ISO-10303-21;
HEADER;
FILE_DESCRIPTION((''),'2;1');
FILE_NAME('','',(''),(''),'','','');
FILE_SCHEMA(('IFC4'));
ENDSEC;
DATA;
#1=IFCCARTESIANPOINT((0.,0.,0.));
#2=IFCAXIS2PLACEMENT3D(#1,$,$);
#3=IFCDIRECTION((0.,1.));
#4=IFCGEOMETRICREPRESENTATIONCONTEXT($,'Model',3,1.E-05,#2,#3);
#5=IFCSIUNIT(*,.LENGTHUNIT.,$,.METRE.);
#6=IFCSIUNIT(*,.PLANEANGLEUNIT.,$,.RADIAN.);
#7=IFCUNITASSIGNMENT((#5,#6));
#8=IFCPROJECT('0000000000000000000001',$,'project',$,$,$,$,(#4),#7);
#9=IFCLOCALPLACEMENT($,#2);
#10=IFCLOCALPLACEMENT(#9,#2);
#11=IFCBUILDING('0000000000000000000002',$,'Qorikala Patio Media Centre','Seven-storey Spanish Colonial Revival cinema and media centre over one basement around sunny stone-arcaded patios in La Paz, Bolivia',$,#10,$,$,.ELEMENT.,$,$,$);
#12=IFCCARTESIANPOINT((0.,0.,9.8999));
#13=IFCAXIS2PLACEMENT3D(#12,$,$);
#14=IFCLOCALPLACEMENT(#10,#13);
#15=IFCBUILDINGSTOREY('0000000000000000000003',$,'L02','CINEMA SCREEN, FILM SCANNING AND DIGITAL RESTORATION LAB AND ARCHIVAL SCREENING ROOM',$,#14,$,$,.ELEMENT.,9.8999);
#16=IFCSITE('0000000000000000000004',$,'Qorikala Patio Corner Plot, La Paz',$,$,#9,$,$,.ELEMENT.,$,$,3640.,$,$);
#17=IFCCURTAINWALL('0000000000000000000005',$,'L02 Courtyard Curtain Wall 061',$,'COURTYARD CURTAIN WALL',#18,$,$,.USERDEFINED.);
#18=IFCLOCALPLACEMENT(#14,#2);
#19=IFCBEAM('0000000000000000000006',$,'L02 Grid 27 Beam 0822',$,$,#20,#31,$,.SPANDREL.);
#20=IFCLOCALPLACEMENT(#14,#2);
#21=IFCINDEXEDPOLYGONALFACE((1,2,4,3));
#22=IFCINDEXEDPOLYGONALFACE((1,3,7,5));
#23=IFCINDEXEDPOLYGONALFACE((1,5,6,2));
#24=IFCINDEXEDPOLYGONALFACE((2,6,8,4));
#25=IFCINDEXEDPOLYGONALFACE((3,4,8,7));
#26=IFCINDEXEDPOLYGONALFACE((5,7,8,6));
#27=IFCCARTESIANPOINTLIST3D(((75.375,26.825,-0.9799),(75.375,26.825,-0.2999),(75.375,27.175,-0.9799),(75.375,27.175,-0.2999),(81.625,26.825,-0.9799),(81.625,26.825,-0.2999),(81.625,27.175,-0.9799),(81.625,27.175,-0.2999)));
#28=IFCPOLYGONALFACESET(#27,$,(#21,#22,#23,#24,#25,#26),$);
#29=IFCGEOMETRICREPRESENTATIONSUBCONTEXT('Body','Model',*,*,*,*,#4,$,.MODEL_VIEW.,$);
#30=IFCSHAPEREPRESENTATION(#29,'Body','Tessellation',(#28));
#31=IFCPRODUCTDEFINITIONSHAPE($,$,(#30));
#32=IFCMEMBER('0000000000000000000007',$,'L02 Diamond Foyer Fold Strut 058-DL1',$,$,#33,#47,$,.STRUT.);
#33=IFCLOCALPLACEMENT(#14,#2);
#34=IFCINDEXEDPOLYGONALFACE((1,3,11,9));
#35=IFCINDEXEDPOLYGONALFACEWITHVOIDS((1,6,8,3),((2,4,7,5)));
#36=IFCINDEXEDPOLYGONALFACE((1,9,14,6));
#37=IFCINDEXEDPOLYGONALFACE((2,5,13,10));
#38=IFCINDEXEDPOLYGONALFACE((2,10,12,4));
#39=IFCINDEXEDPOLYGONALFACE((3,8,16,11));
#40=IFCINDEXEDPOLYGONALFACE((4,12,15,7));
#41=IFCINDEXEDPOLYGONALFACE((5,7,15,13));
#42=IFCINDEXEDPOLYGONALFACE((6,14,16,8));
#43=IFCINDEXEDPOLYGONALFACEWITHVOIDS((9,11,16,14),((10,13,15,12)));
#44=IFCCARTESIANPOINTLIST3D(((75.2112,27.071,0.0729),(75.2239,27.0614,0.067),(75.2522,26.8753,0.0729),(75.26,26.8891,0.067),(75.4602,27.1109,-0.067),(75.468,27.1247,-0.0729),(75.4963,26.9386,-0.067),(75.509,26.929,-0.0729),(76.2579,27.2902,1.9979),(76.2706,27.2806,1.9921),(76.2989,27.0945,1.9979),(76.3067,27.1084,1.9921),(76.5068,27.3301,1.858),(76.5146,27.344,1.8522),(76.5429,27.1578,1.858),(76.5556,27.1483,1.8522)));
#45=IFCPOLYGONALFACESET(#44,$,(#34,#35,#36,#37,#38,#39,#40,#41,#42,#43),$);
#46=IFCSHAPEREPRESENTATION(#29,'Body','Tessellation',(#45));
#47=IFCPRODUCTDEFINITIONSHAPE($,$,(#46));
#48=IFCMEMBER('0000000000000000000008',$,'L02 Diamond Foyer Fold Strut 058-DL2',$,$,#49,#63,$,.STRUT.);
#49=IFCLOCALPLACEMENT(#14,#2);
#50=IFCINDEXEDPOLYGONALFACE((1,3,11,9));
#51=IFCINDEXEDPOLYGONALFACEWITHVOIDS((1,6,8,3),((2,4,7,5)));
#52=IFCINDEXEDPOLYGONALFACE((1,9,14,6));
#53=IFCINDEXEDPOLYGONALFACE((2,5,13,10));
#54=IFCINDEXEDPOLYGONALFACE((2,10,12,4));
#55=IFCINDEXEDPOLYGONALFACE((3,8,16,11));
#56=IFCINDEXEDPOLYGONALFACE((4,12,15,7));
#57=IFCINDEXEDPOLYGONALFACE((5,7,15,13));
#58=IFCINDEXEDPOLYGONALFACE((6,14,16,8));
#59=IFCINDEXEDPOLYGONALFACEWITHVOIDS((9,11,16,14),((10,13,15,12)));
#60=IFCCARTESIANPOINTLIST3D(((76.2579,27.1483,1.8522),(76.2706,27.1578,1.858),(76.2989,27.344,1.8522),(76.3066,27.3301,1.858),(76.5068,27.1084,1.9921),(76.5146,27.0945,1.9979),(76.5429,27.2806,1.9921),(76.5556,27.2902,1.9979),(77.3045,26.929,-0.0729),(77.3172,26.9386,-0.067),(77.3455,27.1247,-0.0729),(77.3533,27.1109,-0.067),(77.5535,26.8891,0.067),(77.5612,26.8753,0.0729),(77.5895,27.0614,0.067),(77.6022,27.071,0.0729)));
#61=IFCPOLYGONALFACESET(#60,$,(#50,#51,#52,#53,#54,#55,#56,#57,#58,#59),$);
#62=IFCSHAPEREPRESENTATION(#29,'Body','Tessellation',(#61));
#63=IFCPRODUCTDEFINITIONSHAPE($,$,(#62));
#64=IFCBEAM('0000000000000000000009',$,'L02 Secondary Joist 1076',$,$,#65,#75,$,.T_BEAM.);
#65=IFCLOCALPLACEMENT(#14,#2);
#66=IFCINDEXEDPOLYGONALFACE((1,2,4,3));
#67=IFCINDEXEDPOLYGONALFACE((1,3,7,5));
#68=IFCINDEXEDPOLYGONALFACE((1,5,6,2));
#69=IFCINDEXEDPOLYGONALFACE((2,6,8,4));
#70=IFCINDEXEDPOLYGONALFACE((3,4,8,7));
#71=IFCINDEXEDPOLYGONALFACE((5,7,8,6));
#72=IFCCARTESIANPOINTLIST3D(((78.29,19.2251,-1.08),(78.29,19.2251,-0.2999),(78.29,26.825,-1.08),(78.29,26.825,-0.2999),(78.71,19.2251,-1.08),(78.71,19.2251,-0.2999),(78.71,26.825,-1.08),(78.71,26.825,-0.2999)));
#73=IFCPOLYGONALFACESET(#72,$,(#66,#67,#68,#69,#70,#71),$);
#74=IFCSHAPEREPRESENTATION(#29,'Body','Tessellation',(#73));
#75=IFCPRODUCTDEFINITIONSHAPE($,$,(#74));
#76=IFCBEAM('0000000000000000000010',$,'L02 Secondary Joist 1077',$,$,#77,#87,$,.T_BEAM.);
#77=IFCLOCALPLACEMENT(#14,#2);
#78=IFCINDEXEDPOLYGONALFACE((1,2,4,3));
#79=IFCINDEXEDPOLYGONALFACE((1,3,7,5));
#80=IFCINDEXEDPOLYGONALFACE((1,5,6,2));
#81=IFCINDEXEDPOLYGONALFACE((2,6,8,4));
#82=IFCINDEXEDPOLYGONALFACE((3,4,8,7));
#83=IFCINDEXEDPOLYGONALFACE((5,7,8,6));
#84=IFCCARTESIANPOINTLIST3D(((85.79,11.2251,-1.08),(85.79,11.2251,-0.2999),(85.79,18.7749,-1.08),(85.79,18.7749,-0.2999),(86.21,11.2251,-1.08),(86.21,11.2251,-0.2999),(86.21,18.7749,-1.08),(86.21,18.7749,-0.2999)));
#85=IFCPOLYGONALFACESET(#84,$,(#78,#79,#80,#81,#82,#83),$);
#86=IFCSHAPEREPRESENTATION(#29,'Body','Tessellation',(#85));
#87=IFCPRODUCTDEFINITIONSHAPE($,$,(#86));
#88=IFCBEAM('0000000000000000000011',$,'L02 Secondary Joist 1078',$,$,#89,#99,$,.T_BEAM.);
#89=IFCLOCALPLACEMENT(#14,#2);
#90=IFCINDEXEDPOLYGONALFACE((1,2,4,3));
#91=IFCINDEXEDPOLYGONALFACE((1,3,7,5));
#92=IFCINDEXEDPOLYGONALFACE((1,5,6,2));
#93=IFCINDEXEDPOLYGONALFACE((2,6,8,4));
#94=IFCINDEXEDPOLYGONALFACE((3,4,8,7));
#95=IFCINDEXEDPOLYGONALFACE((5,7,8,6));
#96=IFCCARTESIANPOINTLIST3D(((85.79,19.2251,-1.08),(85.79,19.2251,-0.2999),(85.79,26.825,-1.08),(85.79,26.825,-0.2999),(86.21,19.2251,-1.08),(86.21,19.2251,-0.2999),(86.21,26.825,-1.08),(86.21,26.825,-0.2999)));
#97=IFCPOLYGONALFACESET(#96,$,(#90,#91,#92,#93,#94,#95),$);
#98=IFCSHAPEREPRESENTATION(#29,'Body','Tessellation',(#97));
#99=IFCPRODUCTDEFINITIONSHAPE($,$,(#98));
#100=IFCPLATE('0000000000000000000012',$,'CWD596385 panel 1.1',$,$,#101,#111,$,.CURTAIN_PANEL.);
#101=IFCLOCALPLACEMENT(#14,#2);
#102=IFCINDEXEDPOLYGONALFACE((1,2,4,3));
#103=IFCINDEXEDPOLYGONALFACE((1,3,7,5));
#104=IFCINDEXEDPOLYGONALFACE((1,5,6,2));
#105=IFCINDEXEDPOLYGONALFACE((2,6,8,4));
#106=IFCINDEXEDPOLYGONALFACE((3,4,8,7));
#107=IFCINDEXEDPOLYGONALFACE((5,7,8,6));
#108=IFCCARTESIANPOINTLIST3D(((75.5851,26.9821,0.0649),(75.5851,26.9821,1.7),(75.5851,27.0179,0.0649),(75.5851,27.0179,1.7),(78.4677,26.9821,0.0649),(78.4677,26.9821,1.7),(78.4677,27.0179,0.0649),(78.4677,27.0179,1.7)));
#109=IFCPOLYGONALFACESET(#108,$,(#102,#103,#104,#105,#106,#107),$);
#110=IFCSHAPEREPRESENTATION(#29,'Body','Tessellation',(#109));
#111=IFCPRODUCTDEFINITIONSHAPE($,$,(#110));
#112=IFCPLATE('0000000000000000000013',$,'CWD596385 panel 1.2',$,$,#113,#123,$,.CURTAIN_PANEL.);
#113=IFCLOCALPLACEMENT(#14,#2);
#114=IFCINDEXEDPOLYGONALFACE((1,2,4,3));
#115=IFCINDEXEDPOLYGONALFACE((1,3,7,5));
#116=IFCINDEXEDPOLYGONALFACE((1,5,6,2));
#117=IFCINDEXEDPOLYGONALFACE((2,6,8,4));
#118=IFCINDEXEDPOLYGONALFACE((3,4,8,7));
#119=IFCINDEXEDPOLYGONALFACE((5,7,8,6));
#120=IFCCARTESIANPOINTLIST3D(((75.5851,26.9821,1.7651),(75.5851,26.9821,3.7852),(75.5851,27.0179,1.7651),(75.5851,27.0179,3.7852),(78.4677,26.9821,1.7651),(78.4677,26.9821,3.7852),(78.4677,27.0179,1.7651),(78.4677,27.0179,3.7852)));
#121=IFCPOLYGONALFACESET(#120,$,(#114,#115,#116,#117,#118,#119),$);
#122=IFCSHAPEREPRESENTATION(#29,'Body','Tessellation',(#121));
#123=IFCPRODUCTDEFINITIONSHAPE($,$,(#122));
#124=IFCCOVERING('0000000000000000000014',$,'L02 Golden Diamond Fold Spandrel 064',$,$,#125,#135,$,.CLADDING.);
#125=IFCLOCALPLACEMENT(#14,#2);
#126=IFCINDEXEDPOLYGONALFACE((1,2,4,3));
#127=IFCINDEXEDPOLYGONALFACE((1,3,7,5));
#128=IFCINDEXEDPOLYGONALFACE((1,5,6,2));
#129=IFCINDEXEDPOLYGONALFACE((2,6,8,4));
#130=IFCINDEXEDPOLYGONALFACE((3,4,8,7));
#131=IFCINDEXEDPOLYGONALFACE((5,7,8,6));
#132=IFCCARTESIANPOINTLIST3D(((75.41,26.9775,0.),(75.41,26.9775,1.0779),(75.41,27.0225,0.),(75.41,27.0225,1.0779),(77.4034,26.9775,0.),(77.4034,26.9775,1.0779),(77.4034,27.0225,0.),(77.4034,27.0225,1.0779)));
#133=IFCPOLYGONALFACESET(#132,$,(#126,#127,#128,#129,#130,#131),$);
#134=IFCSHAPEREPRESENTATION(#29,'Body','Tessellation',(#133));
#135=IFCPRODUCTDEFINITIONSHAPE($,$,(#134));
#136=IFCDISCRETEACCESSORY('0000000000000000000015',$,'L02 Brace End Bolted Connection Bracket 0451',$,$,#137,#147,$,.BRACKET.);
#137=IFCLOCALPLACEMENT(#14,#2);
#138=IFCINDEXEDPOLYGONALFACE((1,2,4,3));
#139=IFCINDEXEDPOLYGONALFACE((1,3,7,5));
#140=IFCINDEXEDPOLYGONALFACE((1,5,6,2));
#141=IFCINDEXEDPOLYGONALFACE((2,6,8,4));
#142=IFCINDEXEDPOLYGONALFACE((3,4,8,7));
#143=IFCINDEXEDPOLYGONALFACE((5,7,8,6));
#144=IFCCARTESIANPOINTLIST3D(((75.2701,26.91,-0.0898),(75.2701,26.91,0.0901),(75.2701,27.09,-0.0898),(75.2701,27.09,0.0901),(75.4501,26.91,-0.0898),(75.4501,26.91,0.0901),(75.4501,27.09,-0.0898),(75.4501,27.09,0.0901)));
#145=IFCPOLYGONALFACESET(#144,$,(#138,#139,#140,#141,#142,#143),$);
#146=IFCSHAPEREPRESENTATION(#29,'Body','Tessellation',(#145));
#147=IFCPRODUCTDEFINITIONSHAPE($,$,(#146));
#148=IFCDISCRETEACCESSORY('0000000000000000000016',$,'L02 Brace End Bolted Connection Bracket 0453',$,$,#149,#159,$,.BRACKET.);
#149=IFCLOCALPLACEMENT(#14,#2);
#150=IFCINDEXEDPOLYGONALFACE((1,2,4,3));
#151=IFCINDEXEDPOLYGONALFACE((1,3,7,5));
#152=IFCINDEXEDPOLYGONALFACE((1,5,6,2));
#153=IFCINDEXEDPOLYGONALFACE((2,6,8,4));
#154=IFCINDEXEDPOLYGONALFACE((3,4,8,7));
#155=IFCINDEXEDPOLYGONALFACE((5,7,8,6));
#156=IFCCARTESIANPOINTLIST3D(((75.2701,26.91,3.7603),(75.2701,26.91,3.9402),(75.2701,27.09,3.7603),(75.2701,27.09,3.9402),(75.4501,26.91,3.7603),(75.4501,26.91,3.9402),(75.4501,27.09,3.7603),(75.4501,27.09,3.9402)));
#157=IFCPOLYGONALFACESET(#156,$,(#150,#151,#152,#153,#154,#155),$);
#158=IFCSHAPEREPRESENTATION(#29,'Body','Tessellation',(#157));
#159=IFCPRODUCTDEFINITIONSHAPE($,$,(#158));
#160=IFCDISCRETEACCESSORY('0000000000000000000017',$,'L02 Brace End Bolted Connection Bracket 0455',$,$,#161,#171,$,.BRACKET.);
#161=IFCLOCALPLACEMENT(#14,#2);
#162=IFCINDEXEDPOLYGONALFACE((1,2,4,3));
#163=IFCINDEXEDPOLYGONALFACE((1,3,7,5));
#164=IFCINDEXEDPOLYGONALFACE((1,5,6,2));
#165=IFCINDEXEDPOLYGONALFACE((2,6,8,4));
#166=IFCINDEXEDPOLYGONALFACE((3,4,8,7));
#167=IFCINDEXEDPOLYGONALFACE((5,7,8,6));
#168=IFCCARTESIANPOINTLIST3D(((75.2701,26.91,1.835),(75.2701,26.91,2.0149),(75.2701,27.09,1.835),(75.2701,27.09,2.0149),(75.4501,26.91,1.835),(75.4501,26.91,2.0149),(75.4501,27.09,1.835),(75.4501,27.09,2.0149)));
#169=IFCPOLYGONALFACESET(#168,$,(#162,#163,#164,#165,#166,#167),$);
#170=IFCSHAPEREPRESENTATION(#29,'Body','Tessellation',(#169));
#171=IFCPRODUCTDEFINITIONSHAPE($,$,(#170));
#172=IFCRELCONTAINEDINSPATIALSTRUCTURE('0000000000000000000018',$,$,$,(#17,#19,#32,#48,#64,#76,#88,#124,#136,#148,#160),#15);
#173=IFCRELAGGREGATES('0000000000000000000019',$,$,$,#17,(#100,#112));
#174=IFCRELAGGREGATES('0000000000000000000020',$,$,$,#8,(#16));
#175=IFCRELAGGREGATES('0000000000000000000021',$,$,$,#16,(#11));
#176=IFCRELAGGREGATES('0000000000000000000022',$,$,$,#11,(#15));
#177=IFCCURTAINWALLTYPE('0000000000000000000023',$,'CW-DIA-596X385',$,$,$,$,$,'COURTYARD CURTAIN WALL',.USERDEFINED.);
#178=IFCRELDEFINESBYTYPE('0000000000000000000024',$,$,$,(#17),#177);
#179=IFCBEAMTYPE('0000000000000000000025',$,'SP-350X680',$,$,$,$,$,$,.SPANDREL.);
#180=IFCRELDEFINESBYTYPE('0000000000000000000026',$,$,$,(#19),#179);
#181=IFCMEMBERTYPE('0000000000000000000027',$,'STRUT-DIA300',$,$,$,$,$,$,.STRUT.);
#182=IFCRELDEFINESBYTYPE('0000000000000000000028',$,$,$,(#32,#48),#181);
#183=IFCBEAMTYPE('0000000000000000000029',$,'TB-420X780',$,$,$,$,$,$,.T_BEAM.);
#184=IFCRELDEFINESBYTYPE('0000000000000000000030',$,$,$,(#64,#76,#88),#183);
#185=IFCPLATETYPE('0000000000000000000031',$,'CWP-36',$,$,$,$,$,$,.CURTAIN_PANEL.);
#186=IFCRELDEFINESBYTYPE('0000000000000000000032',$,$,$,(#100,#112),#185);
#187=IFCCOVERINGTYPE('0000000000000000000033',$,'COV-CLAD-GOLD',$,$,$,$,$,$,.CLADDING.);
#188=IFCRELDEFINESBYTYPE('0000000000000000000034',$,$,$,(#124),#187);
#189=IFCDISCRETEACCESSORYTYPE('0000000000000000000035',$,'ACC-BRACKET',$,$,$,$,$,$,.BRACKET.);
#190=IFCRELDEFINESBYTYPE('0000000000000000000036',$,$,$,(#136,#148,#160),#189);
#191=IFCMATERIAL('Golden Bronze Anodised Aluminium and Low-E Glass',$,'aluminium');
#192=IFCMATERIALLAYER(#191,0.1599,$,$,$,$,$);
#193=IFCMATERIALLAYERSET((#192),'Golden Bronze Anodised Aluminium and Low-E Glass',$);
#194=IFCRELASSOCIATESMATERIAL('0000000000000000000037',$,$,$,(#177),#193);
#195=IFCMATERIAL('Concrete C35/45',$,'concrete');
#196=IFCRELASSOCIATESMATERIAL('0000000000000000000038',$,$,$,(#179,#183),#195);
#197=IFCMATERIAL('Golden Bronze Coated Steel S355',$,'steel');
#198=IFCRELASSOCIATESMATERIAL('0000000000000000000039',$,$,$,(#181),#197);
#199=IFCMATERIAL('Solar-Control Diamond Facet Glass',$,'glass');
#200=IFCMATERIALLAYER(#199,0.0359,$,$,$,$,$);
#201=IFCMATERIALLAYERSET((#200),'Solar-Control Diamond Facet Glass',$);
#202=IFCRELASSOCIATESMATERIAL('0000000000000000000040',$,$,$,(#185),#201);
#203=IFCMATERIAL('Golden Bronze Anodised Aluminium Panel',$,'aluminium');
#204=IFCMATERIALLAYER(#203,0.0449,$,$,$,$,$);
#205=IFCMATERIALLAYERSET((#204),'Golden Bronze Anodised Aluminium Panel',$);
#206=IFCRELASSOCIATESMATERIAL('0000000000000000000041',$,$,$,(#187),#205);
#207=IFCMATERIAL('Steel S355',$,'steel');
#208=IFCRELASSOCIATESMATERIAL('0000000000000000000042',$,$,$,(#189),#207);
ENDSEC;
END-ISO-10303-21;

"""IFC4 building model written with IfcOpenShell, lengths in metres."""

from ifc_helpers import new_model, si_unit, direction, frame, origin, origin_2d, place, context, subcontext, project, spatial, rectangle, hollow_rectangle, extrude, material, layer, layer_set, material_profile, profile_set, type_object, element, aggregate, save


model = new_model("IFC4")

# Units and contexts
model_context = context("Model", 3, precision=1e-05, world=origin(), true_north=direction((0.0, 1.0)))
body_context = subcontext(model_context, "Body", "Model", "MODEL_VIEW")
ifc_project = project(units=[si_unit("LENGTHUNIT", "METRE"), si_unit("PLANEANGLEUNIT", "RADIAN")], contexts=[model_context])

# Site, building, storey
site_placement = place(None, origin())
site = spatial("IfcSite", under=ifc_project, at=site_placement, Name="Qorikala Patio Corner Plot, La Paz", CompositionType="ELEMENT", RefElevation=3640.0)
building_placement = place(site_placement, origin())
building = spatial("IfcBuilding", under=site, at=building_placement, Name="Qorikala Patio Media Centre", Description="Seven-storey Spanish Colonial Revival cinema and media centre over one basement around sunny stone-arcaded patios in La Paz, Bolivia", CompositionType="ELEMENT")
storey_placement = place(building_placement, frame((0.0, 0.0, 9.8999)))
storey = spatial("IfcBuildingStorey", under=building, at=storey_placement, Name="L02", Description="CINEMA SCREEN, FILM SCANNING AND DIGITAL RESTORATION LAB AND ARCHIVAL SCREENING ROOM", CompositionType="ELEMENT", Elevation=9.8999)

# Shared definitions
ifc_material_1 = material(Name="Concrete C35/45", Category="concrete")

# Shared definitions
ifc_material_2 = material(Name="Golden Bronze Coated Steel S355", Category="steel")

# Curtain wall
ifc_material_3 = material(Name="Golden Bronze Anodised Aluminium and Low-E Glass", Category="aluminium")
ifc_layer_1 = layer(ifc_material_3, 0.1599)
ifc_layer_set_1 = layer_set([ifc_layer_1], Name="Golden Bronze Anodised Aluminium and Low-E Glass")
curtain_wall_type = type_object("IfcCurtainWallType", Name="CW-DIA-596X385", ElementType="COURTYARD CURTAIN WALL", PredefinedType="USERDEFINED", material=ifc_layer_set_1)
curtain_wall_placement = place(storey_placement, origin())
curtain_wall = element("IfcCurtainWall", 1, at=curtain_wall_placement, inside=storey, type_object=curtain_wall_type, Name="L02 Courtyard Curtain Wall 061", ObjectType="COURTYARD CURTAIN WALL", PredefinedType="USERDEFINED")

# Beam
ifc_material_profile_1 = material_profile(ifc_material_1, rectangle(XDim=0.3501, YDim=0.6799, at=origin_2d()), Name="RC 350x680")
ifc_profile_set_1 = profile_set([ifc_material_profile_1], Name="Concrete C35/45")
beam_type_1 = type_object("IfcBeamType", Name="SP-350X680", PredefinedType="SPANDREL", material=ifc_profile_set_1)
beam_1_placement = place(storey_placement, frame((75.375, 27.0, -0.6399), z_axis=(1.0, 0.0, 0.0), x_axis=(0.0, 1.0, 0.0)))
element("IfcBeam", 2, at=beam_1_placement, inside=storey, type_object=beam_type_1, Name="L02 Grid 27 Beam 0822", PredefinedType="SPANDREL", context=body_context, shape_type="SweptSolid", body=[
    extrude(rectangle(XDim=0.3501, YDim=0.6799, at=origin_2d()), origin(), (0.0, 0.0, 1.0), 6.25),
])

# Members
ifc_material_profile_2 = material_profile(ifc_material_2, hollow_rectangle(XDim=0.2, YDim=0.3, WallThickness=0.012, at=origin_2d()), Name="HSS300X200X12")
ifc_profile_set_2 = profile_set([ifc_material_profile_2], Name="Golden Bronze Coated Steel S355")
member_type_1 = type_object("IfcMemberType", Name="STRUT-DIA300", PredefinedType="STRUT", material=ifc_profile_set_2)
for number, where, z_axis, x_axis, name in (
    (3, (75.3601, 27.0, 0.0), (0.475284, 0.099558, 0.874181), (-0.205021, 0.978758, 0.0), "L02 Diamond Foyer Fold Strut 058-DL1"),
    (4, (77.4534, 27.0, 0.0), (-0.475284, 0.099558, 0.874181), (-0.205021, -0.978758, 0.0), "L02 Diamond Foyer Fold Strut 058-DL2"),
):
    element("IfcMember", number, at=place(storey_placement, frame(where, z_axis=z_axis, x_axis=x_axis)), inside=storey, type_object=member_type_1, Name=name, PredefinedType="STRUT", context=body_context, shape_type="SweptSolid", body=[
        extrude(hollow_rectangle(XDim=0.2, YDim=0.3, WallThickness=0.012, at=origin_2d()), origin(), (0.0, 0.0, 1.0), 2.2021),
    ])

# Beams
ifc_material_profile_3 = material_profile(ifc_material_1, rectangle(XDim=0.4199, YDim=0.78, at=origin_2d()), Name="RC 420x780")
ifc_profile_set_3 = profile_set([ifc_material_profile_3], Name="Concrete C35/45")
beam_type_2 = type_object("IfcBeamType", Name="TB-420X780", PredefinedType="T_BEAM", material=ifc_profile_set_3)
beam_2_placement = place(storey_placement, frame((78.5, 19.2251, -0.6899), z_axis=(0.0, 1.0, 0.0), x_axis=(-1.0, 0.0, 0.0)))
element("IfcBeam", 5, at=beam_2_placement, inside=storey, type_object=beam_type_2, Name="L02 Secondary Joist 1076", PredefinedType="T_BEAM", context=body_context, shape_type="SweptSolid", body=[
    extrude(rectangle(XDim=0.4199, YDim=0.78, at=origin_2d()), origin(), (0.0, 0.0, 1.0), 7.5999),
])
beam_3_placement = place(storey_placement, frame((86.0, 11.2251, -0.6899), z_axis=(0.0, 1.0, 0.0), x_axis=(-1.0, 0.0, 0.0)))
element("IfcBeam", 6, at=beam_3_placement, inside=storey, type_object=beam_type_2, Name="L02 Secondary Joist 1077", PredefinedType="T_BEAM", context=body_context, shape_type="SweptSolid", body=[
    extrude(rectangle(XDim=0.4199, YDim=0.78, at=origin_2d()), origin(), (0.0, 0.0, 1.0), 7.5498),
])
beam_4_placement = place(storey_placement, frame((86.0, 19.2251, -0.6899), z_axis=(0.0, 1.0, 0.0), x_axis=(-1.0, 0.0, 0.0)))
element("IfcBeam", 7, at=beam_4_placement, inside=storey, type_object=beam_type_2, Name="L02 Secondary Joist 1078", PredefinedType="T_BEAM", context=body_context, shape_type="SweptSolid", body=[
    extrude(rectangle(XDim=0.4199, YDim=0.78, at=origin_2d()), origin(), (0.0, 0.0, 1.0), 7.5999),
])

# Plates
ifc_material_4 = material(Name="Solar-Control Diamond Facet Glass", Category="glass")
ifc_layer_2 = layer(ifc_material_4, 0.0359)
ifc_layer_set_2 = layer_set([ifc_layer_2], Name="Solar-Control Diamond Facet Glass")
plate_type = type_object("IfcPlateType", Name="CWP-36", PredefinedType="CURTAIN_PANEL", material=ifc_layer_set_2)
plate_1_placement = place(storey_placement, frame((77.0264, 27.0, 0.0649), z_axis=(0.0, 0.0, 1.0), x_axis=(1.0, 0.0, 0.0)))
plate_1 = element("IfcPlate", 8, at=plate_1_placement, type_object=plate_type, Name="CWD596385 panel 1.1", PredefinedType="CURTAIN_PANEL", context=body_context, shape_type="SweptSolid", body=[
    extrude(rectangle(XDim=2.8826, YDim=0.0359, at=origin_2d()), origin(), (0.0, 0.0, 1.0), 1.635),
])
plate_2_placement = place(storey_placement, frame((77.0264, 27.0, 1.7651), z_axis=(0.0, 0.0, 1.0), x_axis=(1.0, 0.0, 0.0)))
plate_2 = element("IfcPlate", 9, at=plate_2_placement, type_object=plate_type, Name="CWD596385 panel 1.2", PredefinedType="CURTAIN_PANEL", context=body_context, shape_type="SweptSolid", body=[
    extrude(rectangle(XDim=2.8826, YDim=0.0359, at=origin_2d()), origin(), (0.0, 0.0, 1.0), 2.02),
])
aggregate(curtain_wall, [plate_1, plate_2])

# Covering
ifc_material_5 = material(Name="Golden Bronze Anodised Aluminium Panel", Category="aluminium")
ifc_layer_3 = layer(ifc_material_5, 0.0449)
ifc_layer_set_3 = layer_set([ifc_layer_3], Name="Golden Bronze Anodised Aluminium Panel")
covering_type = type_object("IfcCoveringType", Name="COV-CLAD-GOLD", PredefinedType="CLADDING", material=ifc_layer_set_3)
covering_placement = place(storey_placement, frame((76.4067, 27.0, 0.0), z_axis=(0.0, 0.0, 1.0), x_axis=(1.0, 0.0, 0.0)))
element("IfcCovering", 10, at=covering_placement, inside=storey, type_object=covering_type, Name="L02 Golden Diamond Fold Spandrel 064", PredefinedType="CLADDING", context=body_context, shape_type="SweptSolid", body=[
    extrude(rectangle(XDim=1.9934, YDim=0.0449, at=origin_2d()), origin(), (0.0, 0.0, 1.0), 1.0779),
])

# Discrete accessories
ifc_material_6 = material(Name="Steel S355", Category="steel")
discrete_accessory_type = type_object("IfcDiscreteAccessoryType", Name="ACC-BRACKET", PredefinedType="BRACKET", material=ifc_material_6)
for number, where, z_axis, x_axis, name in (
    (11, (75.3601, 27.0, -0.0898), (0.0, 0.0, 1.0), (1.0, 0.0, 0.0), "L02 Brace End Bolted Connection Bracket 0451"),
    (12, (75.3601, 27.0, 3.7603), (0.0, 0.0, 1.0), (1.0, 0.0, 0.0), "L02 Brace End Bolted Connection Bracket 0453"),
    (13, (75.3601, 27.0, 1.835), (0.0, 0.0, 1.0), (1.0, 0.0, 0.0), "L02 Brace End Bolted Connection Bracket 0455"),
):
    element("IfcDiscreteAccessory", number, at=place(storey_placement, frame(where, z_axis=z_axis, x_axis=x_axis)), inside=storey, type_object=discrete_accessory_type, Name=name, PredefinedType="BRACKET", context=body_context, shape_type="SweptSolid", body=[
        extrude(rectangle(XDim=0.1799, YDim=0.1799, at=origin_2d()), origin(), (0.0, 0.0, 1.0), 0.1799),
    ])

save(model, "model.ifc")
